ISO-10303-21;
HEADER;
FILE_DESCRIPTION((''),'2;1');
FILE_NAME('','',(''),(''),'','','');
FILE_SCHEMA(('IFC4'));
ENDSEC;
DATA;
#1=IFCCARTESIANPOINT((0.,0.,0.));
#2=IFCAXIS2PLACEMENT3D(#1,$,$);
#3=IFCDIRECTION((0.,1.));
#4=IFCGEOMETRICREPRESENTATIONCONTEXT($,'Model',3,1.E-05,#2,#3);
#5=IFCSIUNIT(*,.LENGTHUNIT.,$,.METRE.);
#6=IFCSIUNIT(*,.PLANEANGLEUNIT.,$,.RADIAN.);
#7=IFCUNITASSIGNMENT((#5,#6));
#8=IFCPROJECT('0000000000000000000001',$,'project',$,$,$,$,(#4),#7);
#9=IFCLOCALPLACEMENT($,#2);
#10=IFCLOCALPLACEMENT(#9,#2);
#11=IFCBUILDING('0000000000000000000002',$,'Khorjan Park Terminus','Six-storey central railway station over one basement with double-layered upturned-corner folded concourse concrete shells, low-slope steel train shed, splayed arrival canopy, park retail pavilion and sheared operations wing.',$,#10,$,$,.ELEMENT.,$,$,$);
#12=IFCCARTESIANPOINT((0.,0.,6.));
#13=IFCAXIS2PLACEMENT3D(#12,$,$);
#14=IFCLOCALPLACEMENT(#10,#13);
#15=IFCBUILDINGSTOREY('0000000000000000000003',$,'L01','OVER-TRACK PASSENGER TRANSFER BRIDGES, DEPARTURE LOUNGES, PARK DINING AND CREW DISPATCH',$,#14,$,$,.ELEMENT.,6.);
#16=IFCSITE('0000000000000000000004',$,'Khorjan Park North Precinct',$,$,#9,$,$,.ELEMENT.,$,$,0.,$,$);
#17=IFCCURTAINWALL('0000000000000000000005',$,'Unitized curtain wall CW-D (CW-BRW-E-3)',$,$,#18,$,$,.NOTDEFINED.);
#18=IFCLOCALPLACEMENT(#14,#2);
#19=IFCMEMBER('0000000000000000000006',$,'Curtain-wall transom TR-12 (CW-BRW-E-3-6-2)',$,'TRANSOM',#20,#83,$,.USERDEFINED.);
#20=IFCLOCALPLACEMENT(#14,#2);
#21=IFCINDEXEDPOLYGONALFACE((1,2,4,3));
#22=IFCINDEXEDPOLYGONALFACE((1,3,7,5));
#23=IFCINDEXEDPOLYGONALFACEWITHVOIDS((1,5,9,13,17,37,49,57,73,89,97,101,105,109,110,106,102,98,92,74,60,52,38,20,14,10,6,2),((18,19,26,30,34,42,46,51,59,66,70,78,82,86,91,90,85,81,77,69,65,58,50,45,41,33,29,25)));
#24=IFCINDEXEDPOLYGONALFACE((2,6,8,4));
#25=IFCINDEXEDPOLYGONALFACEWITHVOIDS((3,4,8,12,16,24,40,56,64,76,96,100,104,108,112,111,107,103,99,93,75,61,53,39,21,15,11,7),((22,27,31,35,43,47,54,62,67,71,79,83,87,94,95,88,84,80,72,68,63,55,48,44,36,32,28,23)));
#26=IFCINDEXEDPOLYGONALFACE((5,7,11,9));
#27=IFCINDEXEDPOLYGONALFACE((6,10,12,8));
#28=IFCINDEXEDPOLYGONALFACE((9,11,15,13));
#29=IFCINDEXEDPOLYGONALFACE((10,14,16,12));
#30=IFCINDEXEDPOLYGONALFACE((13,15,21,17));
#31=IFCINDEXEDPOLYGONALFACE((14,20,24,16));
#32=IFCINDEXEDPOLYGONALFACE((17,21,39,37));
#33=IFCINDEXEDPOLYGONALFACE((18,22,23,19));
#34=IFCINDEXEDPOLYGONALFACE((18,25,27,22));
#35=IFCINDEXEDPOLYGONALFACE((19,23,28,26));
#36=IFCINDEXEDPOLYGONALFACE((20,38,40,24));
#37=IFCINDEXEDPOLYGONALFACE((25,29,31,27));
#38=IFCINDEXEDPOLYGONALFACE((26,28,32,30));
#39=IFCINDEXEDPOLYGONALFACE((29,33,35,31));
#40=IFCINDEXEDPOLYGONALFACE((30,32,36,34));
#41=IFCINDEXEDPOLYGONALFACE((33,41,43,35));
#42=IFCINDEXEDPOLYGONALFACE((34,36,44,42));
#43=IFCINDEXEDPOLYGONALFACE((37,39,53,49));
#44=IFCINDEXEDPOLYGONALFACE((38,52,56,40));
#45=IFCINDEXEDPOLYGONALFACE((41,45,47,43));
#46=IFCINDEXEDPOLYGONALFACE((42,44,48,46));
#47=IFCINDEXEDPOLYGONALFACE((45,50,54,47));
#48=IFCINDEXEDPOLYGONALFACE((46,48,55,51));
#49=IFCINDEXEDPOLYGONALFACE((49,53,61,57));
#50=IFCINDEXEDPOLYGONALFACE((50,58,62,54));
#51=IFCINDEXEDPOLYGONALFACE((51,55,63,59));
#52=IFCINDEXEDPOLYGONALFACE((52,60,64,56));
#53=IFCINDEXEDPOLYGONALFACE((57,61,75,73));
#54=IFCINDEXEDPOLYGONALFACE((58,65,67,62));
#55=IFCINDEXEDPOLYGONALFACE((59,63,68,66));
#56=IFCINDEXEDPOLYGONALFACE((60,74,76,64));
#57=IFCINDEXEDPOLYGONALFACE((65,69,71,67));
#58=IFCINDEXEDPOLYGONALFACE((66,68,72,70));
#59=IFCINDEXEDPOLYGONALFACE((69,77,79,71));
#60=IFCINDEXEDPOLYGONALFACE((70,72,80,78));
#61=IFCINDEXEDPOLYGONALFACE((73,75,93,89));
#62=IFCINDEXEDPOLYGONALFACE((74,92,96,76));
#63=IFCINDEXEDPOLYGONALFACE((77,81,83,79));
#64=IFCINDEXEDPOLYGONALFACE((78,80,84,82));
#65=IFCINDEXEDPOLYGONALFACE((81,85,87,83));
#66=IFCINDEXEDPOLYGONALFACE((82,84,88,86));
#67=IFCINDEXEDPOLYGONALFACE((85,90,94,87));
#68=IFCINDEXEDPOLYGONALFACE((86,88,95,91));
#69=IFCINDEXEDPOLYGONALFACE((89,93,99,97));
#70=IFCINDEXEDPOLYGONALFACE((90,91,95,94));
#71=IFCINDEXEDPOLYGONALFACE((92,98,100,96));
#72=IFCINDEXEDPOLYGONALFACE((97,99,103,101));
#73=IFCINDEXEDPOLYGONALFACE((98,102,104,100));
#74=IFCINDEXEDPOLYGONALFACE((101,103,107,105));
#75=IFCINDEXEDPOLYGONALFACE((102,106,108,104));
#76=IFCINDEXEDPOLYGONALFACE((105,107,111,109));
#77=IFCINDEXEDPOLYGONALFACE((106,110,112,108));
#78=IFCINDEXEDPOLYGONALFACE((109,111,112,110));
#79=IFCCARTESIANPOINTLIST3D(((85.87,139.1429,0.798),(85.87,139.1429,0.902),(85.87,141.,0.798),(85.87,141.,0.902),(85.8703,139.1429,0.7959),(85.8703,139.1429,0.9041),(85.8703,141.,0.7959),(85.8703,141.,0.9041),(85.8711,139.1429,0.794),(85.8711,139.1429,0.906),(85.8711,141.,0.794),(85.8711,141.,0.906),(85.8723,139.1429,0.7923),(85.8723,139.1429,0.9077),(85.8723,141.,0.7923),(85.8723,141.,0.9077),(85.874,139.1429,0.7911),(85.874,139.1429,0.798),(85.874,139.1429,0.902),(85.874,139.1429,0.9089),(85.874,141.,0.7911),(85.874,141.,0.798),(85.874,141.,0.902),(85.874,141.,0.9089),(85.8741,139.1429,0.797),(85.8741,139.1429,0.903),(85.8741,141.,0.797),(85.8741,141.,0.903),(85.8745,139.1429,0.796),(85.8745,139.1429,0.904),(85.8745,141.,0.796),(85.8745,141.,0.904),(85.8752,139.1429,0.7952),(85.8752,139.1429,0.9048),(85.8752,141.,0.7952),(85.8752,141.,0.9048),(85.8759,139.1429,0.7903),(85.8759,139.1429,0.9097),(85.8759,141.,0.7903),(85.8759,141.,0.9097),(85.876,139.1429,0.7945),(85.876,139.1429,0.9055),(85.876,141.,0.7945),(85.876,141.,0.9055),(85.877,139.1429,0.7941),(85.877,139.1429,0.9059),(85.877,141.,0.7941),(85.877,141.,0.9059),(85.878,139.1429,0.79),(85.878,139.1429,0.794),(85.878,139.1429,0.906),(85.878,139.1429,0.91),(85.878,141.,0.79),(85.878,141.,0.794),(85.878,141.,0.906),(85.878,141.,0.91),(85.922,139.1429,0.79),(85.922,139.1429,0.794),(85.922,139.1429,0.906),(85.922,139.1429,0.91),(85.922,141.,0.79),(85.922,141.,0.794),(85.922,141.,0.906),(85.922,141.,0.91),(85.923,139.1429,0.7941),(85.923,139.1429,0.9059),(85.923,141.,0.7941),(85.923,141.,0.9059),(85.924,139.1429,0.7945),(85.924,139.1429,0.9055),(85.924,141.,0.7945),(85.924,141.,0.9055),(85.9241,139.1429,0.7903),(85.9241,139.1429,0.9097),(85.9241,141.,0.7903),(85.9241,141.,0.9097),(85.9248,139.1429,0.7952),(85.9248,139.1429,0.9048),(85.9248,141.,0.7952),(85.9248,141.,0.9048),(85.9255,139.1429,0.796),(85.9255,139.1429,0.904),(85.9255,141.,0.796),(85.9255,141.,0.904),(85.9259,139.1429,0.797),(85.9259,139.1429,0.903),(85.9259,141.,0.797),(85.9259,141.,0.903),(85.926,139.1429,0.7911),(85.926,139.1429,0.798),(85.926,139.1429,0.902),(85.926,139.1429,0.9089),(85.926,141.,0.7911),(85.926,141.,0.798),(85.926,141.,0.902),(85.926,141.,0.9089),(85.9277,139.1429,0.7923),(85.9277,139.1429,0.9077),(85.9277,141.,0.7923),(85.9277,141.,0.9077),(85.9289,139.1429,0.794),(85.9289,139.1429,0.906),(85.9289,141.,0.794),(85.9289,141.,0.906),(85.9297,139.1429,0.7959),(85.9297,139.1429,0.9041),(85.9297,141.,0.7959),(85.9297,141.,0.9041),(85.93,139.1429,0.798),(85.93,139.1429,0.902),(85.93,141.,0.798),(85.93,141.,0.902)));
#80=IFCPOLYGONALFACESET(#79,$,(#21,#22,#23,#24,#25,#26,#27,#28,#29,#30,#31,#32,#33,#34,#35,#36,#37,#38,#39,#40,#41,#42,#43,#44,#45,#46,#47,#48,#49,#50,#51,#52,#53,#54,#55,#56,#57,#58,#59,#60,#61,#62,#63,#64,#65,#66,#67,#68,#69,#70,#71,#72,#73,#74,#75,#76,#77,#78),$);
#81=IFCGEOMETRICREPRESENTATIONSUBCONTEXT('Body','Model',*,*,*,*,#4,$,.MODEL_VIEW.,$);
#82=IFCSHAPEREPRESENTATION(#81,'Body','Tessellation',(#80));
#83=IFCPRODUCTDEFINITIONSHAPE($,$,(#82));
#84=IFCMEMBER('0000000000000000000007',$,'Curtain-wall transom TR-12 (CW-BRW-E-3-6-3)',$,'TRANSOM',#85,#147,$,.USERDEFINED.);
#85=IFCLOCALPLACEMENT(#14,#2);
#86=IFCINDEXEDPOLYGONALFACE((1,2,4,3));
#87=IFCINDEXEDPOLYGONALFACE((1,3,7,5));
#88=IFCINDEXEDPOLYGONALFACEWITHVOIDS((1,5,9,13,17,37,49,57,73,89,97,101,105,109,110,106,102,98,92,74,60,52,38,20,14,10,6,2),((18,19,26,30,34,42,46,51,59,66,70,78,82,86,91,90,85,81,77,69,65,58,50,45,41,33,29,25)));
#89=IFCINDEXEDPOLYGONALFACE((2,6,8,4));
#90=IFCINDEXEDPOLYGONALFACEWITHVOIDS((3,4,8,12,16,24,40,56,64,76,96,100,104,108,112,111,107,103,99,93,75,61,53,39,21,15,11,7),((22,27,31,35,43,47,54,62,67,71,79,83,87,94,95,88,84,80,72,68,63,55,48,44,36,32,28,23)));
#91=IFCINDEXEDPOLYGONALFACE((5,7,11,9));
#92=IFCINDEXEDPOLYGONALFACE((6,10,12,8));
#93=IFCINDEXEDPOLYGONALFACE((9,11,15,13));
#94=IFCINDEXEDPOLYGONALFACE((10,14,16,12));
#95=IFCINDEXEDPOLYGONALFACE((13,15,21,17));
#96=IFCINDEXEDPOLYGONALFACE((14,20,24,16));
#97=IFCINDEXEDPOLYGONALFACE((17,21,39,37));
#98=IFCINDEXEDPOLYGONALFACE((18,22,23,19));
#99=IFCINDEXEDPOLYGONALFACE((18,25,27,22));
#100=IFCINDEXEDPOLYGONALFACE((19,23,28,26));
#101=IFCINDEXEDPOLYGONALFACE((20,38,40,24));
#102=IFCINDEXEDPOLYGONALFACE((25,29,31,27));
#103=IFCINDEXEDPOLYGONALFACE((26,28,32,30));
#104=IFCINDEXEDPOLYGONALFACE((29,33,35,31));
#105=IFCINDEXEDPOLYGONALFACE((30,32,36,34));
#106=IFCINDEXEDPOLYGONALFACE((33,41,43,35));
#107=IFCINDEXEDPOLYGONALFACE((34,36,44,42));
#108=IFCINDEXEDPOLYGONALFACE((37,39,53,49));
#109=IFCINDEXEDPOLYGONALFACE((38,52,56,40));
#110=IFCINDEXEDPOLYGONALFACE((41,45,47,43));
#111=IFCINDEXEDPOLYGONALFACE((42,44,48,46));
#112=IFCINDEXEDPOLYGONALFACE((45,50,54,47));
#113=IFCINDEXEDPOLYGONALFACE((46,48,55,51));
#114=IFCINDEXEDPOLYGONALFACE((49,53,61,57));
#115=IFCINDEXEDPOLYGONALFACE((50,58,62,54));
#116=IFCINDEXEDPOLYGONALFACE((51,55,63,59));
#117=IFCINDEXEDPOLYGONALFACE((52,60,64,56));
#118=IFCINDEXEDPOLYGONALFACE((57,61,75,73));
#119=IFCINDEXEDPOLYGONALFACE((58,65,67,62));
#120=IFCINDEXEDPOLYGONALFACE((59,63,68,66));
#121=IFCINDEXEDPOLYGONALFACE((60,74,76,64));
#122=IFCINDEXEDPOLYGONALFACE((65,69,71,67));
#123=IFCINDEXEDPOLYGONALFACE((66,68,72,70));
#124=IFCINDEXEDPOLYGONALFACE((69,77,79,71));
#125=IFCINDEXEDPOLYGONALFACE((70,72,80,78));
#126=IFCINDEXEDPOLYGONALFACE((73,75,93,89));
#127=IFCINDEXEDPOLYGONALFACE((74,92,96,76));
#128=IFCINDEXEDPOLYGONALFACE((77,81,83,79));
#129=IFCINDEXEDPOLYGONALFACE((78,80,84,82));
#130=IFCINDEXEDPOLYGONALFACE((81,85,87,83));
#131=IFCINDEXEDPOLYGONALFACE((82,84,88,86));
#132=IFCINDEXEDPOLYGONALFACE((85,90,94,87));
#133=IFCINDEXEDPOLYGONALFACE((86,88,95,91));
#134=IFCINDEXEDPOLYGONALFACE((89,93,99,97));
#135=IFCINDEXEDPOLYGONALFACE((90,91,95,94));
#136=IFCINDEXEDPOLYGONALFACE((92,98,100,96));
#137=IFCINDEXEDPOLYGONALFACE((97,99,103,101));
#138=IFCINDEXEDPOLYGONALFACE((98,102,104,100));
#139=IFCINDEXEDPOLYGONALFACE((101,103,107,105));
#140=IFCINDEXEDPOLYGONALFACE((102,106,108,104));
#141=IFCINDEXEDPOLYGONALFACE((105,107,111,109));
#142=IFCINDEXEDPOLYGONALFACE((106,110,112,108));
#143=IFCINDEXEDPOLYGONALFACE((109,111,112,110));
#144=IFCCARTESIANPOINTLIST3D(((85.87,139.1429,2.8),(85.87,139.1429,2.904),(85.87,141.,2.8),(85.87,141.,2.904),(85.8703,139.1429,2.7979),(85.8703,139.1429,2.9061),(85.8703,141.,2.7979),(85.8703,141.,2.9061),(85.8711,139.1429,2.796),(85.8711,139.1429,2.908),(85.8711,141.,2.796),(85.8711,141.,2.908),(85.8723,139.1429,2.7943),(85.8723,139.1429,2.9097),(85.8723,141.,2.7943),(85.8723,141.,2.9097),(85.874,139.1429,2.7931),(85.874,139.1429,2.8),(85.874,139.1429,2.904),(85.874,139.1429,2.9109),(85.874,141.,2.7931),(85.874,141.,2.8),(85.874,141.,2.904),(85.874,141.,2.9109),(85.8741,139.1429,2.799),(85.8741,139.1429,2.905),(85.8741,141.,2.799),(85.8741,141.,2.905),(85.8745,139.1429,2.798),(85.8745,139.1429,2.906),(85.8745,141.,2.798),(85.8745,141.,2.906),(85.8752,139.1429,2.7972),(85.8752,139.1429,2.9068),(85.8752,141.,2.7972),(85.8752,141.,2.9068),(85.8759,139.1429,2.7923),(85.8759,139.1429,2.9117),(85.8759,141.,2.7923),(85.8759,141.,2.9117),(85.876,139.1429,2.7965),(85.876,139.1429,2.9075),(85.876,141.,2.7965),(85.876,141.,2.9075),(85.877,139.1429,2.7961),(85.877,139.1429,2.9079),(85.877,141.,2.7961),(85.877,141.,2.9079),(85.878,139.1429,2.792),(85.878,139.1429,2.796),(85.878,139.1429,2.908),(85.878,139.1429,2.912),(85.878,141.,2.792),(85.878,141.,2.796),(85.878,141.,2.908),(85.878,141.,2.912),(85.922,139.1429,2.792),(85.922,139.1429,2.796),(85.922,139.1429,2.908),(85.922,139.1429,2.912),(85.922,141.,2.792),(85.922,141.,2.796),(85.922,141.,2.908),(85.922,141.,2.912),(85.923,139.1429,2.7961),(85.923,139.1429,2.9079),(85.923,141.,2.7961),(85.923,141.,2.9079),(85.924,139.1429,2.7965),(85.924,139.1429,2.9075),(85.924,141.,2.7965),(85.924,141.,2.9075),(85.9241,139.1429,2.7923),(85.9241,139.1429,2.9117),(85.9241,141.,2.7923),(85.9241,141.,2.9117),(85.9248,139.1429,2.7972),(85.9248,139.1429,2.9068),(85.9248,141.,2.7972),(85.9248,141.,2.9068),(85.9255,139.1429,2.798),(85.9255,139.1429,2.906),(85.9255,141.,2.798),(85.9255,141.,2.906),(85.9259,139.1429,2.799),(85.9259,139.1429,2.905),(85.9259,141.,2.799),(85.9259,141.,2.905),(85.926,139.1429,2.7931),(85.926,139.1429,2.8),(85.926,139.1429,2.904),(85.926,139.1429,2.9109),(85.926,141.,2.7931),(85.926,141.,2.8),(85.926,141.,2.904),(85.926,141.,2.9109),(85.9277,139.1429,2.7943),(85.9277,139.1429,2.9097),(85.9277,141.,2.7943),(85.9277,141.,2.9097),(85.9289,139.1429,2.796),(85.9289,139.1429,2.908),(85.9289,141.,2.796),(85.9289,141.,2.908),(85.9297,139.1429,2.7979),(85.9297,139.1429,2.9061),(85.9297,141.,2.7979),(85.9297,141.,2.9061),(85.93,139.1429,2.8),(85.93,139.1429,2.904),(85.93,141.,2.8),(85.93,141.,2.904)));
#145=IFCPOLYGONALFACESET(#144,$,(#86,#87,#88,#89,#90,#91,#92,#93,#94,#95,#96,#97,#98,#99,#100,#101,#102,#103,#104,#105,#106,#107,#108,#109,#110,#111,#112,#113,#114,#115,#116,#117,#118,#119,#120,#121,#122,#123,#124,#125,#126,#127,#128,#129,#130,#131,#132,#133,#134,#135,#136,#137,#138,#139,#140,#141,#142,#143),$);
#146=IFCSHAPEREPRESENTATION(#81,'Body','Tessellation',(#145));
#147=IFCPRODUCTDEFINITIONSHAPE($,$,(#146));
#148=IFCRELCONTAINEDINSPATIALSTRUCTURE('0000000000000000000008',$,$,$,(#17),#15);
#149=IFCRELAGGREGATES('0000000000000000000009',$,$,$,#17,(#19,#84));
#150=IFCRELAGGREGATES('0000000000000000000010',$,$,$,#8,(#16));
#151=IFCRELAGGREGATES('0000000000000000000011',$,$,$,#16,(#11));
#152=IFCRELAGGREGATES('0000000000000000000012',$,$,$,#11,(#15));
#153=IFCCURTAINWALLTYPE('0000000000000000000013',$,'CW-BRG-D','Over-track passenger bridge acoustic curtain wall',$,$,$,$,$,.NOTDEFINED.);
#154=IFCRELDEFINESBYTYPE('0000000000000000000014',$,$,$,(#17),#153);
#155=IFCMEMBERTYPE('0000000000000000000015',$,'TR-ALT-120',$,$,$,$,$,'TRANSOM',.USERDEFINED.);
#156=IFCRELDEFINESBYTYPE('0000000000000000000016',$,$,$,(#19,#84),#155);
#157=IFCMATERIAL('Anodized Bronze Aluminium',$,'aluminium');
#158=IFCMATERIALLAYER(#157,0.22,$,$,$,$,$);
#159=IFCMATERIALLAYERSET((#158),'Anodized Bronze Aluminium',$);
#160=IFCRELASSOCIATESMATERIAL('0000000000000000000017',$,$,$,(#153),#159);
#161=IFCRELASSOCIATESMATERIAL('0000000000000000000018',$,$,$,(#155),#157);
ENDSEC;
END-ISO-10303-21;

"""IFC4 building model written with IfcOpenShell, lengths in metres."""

from ifc_helpers import new_model, si_unit, direction, frame, origin, origin_2d, place, context, subcontext, project, spatial, hollow_rectangle, extrude, material, layer, layer_set, material_profile, profile_set, type_object, element, aggregate, save


model = new_model("IFC4")

# Units and contexts
model_context = context("Model", 3, precision=1e-05, world=origin(), true_north=direction((0.0, 1.0)))
body_context = subcontext(model_context, "Body", "Model", "MODEL_VIEW")
ifc_project = project(units=[si_unit("LENGTHUNIT", "METRE"), si_unit("PLANEANGLEUNIT", "RADIAN")], contexts=[model_context])

# Site, building, storey
site_placement = place(None, origin())
site = spatial("IfcSite", under=ifc_project, at=site_placement, Name="Khorjan Park North Precinct", CompositionType="ELEMENT", RefElevation=0.0)
building_placement = place(site_placement, origin())
building = spatial("IfcBuilding", under=site, at=building_placement, Name="Khorjan Park Terminus", Description="Six-storey central railway station over one basement with double-layered upturned-corner folded concourse concrete shells, low-slope steel train shed, splayed arrival canopy, park retail pavilion and sheared operations wing.", CompositionType="ELEMENT")
storey_placement = place(building_placement, frame((0.0, 0.0, 6.0)))
storey = spatial("IfcBuildingStorey", under=building, at=storey_placement, Name="L01", Description="OVER-TRACK PASSENGER TRANSFER BRIDGES, DEPARTURE LOUNGES, PARK DINING AND CREW DISPATCH", CompositionType="ELEMENT", Elevation=6.0)

# Curtain wall
ifc_material_1 = material(Name="Anodized Bronze Aluminium", Category="aluminium")
ifc_layer_1 = layer(ifc_material_1, 0.22)
ifc_layer_set_1 = layer_set([ifc_layer_1], Name="Anodized Bronze Aluminium")
curtain_wall_type = type_object("IfcCurtainWallType", Name="CW-BRG-D", Description="Over-track passenger bridge acoustic curtain wall", PredefinedType="NOTDEFINED", material=ifc_layer_set_1)
curtain_wall_1_placement = place(storey_placement, origin())
curtain_wall_1 = element("IfcCurtainWall", 1, at=curtain_wall_1_placement, inside=storey, type_object=curtain_wall_type, Name="Unitized curtain wall CW-D (CW-BRW-E-3)", PredefinedType="NOTDEFINED")

# Members
ifc_material_profile_1 = material_profile(ifc_material_1, hollow_rectangle(XDim=0.06, YDim=0.12, WallThickness=0.004, InnerFilletRadius=0.004, OuterFilletRadius=0.008, at=origin_2d()), Name="ALT 60x120x4")
ifc_profile_set_1 = profile_set([ifc_material_profile_1], Name="Anodized Bronze Aluminium")
member_type_1 = type_object("IfcMemberType", Name="TR-ALT-120", ElementType="TRANSOM", PredefinedType="USERDEFINED", material=ifc_profile_set_1)
member_1_placement = place(storey_placement, frame((85.9, 139.1429, 0.85), z_axis=(0.0, 1.0, 0.0), x_axis=(-1.0, 0.0, 0.0)))
member_1 = element("IfcMember", 2, at=member_1_placement, type_object=member_type_1, Name="Curtain-wall transom TR-12 (CW-BRW-E-3-6-2)", ObjectType="TRANSOM", PredefinedType="USERDEFINED", context=body_context, shape_type="SweptSolid", body=[
    extrude(hollow_rectangle(XDim=0.06, YDim=0.12, WallThickness=0.004, InnerFilletRadius=0.004, OuterFilletRadius=0.008, at=origin_2d()), origin(), (0.0, 0.0, 1.0), 1.8571),
])
member_2_placement = place(storey_placement, frame((85.9, 139.1429, 2.852), z_axis=(0.0, 1.0, 0.0), x_axis=(-1.0, 0.0, 0.0)))
member_2 = element("IfcMember", 3, at=member_2_placement, type_object=member_type_1, Name="Curtain-wall transom TR-12 (CW-BRW-E-3-6-3)", ObjectType="TRANSOM", PredefinedType="USERDEFINED", context=body_context, shape_type="SweptSolid", body=[
    extrude(hollow_rectangle(XDim=0.06, YDim=0.12, WallThickness=0.004, InnerFilletRadius=0.004, OuterFilletRadius=0.008, at=origin_2d()), origin(), (0.0, 0.0, 1.0), 1.8571),
])

aggregate(curtain_wall_1, [member_1, member_2])

save(model, "model.ifc")
